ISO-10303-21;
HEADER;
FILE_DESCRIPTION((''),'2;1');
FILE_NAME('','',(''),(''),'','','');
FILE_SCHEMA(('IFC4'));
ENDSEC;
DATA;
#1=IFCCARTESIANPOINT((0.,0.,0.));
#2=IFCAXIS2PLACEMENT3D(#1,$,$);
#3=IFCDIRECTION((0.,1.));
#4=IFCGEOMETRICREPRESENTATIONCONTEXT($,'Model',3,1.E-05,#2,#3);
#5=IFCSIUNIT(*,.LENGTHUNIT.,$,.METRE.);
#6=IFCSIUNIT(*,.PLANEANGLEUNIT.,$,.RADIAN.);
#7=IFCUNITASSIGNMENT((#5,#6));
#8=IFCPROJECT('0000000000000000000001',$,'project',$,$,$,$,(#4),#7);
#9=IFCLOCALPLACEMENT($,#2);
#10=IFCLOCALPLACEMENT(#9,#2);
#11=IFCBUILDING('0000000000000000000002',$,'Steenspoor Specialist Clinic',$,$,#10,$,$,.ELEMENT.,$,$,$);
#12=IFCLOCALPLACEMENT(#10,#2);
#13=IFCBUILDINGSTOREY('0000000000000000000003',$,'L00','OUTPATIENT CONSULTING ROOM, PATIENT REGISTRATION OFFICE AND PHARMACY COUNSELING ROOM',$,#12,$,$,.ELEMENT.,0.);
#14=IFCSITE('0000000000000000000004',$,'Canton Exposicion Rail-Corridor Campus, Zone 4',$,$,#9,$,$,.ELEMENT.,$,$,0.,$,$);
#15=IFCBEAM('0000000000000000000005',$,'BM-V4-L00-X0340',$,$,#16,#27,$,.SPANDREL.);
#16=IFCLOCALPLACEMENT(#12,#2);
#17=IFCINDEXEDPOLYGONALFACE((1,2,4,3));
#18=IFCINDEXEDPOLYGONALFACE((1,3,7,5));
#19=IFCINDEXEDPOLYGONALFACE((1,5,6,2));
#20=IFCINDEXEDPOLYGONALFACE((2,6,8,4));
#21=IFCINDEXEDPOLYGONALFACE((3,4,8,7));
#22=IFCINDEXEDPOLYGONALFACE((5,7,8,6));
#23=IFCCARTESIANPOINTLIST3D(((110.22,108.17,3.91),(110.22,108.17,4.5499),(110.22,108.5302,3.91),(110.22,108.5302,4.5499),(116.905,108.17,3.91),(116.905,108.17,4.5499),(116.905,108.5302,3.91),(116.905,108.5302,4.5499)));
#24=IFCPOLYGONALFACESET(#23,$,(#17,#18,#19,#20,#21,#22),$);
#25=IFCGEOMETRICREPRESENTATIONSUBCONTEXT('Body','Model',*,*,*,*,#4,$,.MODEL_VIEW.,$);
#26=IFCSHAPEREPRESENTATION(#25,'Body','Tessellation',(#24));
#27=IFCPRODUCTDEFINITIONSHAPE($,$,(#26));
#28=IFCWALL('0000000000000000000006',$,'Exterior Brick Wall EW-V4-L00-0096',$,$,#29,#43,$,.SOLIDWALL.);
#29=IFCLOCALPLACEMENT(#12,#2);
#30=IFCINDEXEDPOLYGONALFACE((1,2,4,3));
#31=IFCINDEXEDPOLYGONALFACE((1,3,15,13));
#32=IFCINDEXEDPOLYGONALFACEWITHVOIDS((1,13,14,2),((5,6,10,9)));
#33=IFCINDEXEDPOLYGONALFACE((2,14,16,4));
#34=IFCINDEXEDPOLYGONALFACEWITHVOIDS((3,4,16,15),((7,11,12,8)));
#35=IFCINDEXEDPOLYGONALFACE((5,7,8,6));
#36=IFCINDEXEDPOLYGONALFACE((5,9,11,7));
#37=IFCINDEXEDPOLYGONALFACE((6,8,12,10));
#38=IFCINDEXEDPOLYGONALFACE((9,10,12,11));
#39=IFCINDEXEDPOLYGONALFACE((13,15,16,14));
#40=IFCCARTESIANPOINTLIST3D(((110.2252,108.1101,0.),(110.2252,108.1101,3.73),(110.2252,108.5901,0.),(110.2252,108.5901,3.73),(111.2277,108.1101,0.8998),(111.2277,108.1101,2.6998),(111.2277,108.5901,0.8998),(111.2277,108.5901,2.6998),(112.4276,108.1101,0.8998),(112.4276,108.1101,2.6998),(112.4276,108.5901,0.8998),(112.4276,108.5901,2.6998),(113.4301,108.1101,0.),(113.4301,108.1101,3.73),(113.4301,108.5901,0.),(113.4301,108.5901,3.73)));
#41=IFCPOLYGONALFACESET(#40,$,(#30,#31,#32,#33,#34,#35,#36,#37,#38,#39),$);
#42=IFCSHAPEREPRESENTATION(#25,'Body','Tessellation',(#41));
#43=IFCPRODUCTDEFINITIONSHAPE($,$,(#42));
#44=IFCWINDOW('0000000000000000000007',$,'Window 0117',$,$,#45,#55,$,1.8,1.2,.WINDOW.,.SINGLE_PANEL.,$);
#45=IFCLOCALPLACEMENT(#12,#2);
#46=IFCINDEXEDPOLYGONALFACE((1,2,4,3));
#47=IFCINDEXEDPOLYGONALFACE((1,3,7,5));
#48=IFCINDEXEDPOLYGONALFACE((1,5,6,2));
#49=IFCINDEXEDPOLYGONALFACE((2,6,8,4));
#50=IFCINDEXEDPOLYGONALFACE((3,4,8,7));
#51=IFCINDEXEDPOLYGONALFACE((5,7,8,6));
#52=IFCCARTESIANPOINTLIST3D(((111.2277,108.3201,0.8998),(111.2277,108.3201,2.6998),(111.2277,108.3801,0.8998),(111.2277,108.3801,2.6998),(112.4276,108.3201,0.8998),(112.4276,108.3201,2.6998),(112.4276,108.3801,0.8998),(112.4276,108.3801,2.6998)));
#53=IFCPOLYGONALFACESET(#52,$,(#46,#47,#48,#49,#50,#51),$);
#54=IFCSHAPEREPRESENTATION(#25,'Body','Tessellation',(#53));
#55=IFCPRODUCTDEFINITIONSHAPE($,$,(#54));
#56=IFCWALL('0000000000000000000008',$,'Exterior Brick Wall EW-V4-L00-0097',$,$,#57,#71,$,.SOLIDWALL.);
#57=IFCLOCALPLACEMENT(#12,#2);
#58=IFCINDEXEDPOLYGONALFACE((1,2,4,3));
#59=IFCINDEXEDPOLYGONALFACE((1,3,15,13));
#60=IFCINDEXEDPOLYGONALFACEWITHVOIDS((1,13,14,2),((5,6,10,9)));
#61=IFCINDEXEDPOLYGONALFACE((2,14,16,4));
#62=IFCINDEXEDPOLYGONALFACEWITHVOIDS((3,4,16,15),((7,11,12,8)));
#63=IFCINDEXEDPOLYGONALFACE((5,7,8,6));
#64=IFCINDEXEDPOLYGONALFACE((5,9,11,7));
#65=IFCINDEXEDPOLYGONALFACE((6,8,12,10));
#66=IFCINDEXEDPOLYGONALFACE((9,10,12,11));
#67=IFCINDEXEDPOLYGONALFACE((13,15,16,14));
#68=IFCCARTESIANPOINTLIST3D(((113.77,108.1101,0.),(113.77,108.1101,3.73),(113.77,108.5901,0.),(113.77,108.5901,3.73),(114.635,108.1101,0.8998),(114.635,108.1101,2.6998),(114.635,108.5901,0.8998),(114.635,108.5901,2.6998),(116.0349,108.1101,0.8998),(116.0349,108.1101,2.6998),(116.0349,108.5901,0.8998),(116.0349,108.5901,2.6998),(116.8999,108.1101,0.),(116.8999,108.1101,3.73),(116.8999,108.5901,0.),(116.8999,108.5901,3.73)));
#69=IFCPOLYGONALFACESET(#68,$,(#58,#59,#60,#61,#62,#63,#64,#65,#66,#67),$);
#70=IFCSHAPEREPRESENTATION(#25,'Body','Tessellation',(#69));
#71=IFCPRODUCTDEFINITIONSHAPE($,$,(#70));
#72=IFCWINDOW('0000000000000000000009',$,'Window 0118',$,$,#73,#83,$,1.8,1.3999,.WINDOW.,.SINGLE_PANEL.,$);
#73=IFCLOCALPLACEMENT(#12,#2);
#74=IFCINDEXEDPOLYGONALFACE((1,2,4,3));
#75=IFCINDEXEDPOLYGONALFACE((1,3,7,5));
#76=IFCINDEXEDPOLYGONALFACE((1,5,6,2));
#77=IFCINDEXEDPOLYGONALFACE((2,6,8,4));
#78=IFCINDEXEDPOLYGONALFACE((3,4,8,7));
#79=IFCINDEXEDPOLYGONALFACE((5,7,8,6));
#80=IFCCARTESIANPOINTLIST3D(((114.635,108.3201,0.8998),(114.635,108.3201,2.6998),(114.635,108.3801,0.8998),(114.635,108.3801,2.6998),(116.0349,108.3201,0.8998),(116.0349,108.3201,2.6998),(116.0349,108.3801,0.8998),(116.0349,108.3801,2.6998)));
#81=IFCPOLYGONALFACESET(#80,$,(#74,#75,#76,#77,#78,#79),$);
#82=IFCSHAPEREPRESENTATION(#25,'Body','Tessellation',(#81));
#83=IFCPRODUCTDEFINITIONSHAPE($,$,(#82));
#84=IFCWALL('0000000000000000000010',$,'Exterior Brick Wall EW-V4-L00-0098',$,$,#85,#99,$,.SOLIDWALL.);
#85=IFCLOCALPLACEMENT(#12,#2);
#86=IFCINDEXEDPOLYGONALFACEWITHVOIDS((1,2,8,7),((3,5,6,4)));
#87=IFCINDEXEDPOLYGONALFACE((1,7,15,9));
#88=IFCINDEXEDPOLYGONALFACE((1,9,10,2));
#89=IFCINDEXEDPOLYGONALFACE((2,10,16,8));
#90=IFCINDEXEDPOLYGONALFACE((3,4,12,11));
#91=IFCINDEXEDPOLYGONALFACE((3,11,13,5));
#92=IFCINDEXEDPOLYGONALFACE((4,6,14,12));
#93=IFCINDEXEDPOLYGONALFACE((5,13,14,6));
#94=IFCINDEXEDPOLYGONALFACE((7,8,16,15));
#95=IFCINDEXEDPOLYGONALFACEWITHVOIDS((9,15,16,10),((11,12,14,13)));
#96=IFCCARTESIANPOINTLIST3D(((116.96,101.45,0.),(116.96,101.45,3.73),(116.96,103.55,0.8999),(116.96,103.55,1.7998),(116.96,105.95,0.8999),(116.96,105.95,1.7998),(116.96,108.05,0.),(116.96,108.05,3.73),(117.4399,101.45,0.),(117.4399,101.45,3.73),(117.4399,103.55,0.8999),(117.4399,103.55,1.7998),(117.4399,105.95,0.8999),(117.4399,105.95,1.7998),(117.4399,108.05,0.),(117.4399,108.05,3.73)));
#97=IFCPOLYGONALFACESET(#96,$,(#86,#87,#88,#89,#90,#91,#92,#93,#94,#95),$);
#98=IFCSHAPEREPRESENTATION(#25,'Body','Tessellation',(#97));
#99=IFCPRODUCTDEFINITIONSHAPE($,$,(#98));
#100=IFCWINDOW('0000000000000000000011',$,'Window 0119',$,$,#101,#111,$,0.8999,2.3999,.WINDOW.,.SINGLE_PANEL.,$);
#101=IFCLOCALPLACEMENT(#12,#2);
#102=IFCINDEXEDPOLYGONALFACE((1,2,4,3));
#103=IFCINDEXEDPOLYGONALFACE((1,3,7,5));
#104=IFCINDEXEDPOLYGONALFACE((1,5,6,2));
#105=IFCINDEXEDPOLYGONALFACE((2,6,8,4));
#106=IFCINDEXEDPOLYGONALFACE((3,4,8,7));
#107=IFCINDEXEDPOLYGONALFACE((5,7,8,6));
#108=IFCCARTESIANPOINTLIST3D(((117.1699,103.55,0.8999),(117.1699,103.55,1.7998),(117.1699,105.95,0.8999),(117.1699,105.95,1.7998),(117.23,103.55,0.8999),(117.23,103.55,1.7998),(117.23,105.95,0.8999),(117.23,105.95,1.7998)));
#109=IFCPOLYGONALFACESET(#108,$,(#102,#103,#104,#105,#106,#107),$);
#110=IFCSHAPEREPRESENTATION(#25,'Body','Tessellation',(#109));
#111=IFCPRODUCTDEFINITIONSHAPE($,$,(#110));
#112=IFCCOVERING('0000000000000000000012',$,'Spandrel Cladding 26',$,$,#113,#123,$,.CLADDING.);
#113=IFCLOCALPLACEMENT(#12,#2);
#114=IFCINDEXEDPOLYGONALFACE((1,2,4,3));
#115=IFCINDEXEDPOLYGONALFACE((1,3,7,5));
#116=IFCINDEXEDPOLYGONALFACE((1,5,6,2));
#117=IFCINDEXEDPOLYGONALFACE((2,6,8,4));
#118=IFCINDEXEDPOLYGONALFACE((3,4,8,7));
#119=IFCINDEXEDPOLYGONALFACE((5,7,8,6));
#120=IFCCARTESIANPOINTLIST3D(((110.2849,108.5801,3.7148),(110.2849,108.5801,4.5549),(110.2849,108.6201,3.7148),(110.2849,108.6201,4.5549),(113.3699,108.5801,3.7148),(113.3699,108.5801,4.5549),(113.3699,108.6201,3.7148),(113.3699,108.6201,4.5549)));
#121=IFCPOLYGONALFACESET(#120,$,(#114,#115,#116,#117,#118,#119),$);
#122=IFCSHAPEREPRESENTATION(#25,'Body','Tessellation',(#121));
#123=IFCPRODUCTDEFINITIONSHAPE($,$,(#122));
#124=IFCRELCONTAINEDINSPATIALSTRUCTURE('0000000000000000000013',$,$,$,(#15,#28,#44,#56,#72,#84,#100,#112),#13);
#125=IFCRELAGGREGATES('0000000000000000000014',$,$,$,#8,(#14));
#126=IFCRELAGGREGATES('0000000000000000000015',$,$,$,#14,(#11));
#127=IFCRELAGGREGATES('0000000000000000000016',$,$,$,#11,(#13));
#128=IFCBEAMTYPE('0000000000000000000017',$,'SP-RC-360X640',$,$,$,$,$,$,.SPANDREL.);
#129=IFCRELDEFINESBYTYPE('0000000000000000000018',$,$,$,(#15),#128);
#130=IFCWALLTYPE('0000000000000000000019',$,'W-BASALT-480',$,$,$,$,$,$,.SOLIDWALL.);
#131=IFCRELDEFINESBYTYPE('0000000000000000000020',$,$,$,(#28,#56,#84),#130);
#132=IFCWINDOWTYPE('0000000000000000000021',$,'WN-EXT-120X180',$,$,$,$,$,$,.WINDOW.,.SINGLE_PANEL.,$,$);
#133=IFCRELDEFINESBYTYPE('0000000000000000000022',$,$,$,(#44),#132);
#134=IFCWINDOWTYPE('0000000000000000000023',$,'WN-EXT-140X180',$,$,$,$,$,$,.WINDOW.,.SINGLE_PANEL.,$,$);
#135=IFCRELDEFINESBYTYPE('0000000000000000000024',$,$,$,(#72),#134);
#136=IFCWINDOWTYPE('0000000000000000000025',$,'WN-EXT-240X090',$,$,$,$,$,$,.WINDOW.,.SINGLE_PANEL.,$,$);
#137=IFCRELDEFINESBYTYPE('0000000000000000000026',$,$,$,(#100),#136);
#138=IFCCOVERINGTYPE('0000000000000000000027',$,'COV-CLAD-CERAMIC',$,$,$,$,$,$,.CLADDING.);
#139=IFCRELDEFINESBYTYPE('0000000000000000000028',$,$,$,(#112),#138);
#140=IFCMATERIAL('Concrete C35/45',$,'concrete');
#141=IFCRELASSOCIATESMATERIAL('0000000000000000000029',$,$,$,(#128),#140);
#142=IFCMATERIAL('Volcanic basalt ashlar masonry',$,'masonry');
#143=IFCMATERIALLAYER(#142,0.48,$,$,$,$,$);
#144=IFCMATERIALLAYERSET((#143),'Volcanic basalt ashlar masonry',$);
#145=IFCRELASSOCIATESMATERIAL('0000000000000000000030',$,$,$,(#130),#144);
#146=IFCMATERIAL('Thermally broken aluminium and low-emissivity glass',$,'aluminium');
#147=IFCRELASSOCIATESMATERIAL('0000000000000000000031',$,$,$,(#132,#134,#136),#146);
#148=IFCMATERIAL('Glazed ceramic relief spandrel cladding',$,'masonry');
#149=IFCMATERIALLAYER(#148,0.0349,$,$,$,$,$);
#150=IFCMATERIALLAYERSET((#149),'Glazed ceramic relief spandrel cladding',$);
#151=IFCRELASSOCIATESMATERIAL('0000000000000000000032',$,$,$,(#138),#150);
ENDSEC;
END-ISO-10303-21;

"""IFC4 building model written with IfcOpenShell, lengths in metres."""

from ifc_helpers import new_model, si_unit, direction, frame, frame_2d, origin, origin_2d, place, context, subcontext, project, spatial, rectangle, extrude, material, layer, layer_set, material_profile, profile_set, type_object, element, fill, save


model = new_model("IFC4")

# Units and contexts
model_context = context("Model", 3, precision=1e-05, world=origin(), true_north=direction((0.0, 1.0)))
body_context = subcontext(model_context, "Body", "Model", "MODEL_VIEW")
ifc_project = project(units=[si_unit("LENGTHUNIT", "METRE"), si_unit("PLANEANGLEUNIT", "RADIAN")], contexts=[model_context])

# Site, building, storey
site_placement = place(None, origin())
site = spatial("IfcSite", under=ifc_project, at=site_placement, Name="Canton Exposicion Rail-Corridor Campus, Zone 4", CompositionType="ELEMENT", RefElevation=0.0)
building_placement = place(site_placement, origin())
building = spatial("IfcBuilding", under=site, at=building_placement, Name="Steenspoor Specialist Clinic", CompositionType="ELEMENT")
storey_placement = place(building_placement, origin())
storey = spatial("IfcBuildingStorey", under=building, at=storey_placement, Name="L00", Description="OUTPATIENT CONSULTING ROOM, PATIENT REGISTRATION OFFICE AND PHARMACY COUNSELING ROOM", CompositionType="ELEMENT", Elevation=0.0)

# Shared definitions
ifc_material_1 = material(Name="Concrete C35/45", Category="concrete")

# Beam
ifc_material_profile_1 = material_profile(ifc_material_1, rectangle(XDim=0.3601, YDim=0.6399, at=origin_2d()), Name="RC-SP-360X640")
ifc_profile_set_1 = profile_set([ifc_material_profile_1], Name="Concrete C35/45")
beam_type_1 = type_object("IfcBeamType", Name="SP-RC-360X640", PredefinedType="SPANDREL", material=ifc_profile_set_1)
beam_1_placement = place(storey_placement, frame((110.22, 108.3501, 4.23), z_axis=(1.0, 0.0, 0.0), x_axis=(0.0, 1.0, 0.0)))
element("IfcBeam", 1, at=beam_1_placement, inside=storey, type_object=beam_type_1, Name="BM-V4-L00-X0340", PredefinedType="SPANDREL", context=body_context, shape_type="SweptSolid", body=[
    extrude(rectangle(XDim=0.3601, YDim=0.6399, at=origin_2d()), origin(), (0.0, 0.0, 1.0), 6.6851),
])

# Walls, openings, windows
ifc_material_2 = material(Name="Volcanic basalt ashlar masonry", Category="masonry")
ifc_layer_1 = layer(ifc_material_2, 0.48)
ifc_layer_set_1 = layer_set([ifc_layer_1], Name="Volcanic basalt ashlar masonry")
wall_type = type_object("IfcWallType", Name="W-BASALT-480", PredefinedType="SOLIDWALL", material=ifc_layer_set_1)
wall_1_placement = place(storey_placement, frame((110.2251, 108.3501, 0.0), z_axis=(0.0, 0.0, 1.0), x_axis=(1.0, 0.0, 0.0)))
wall_1 = element("IfcWall", 2, at=wall_1_placement, inside=storey, type_object=wall_type, Name="Exterior Brick Wall EW-V4-L00-0096", PredefinedType="SOLIDWALL", context=body_context, shape_type="SweptSolid", body=[
    extrude(rectangle(XDim=3.2048, YDim=0.48, at=frame_2d((1.6025, 0.0))), origin(), (0.0, 0.0, 1.0), 3.73),
])
opening_1_placement = place(wall_1_placement, frame((1.0024, 0.0, 0.8999)))
opening_1 = element("IfcOpeningElement", 3, at=opening_1_placement, cuts=wall_1, PredefinedType="OPENING", context=body_context, shape_type="SweptSolid", body=[
    extrude(rectangle(XDim=1.2, YDim=1.8, at=frame_2d((0.6001, 0.8999))), frame((0.0, 0.25, 0.0), z_axis=(0.0, -1.0, 0.0), x_axis=(1.0, 0.0, 0.0)), (0.0, 0.0, 1.0), 0.5),
])
ifc_material_3 = material(Name="Thermally broken aluminium and low-emissivity glass", Category="aluminium")
window_type_1 = type_object("IfcWindowType", Name="WN-EXT-120X180", PartitioningType="SINGLE_PANEL", PredefinedType="WINDOW", material=ifc_material_3)
window_1_placement = place(opening_1_placement, origin())
window_1 = element("IfcWindow", 4, at=window_1_placement, inside=storey, type_object=window_type_1, Name="Window 0117", OverallHeight=1.8, OverallWidth=1.2, PartitioningType="SINGLE_PANEL", PredefinedType="WINDOW", context=body_context, shape_type="SweptSolid", body=[
    extrude(rectangle(XDim=1.2, YDim=1.8, at=frame_2d((0.6001, 0.8999))), frame((0.0, 0.03, 0.0), z_axis=(0.0, -1.0, 0.0), x_axis=(1.0, 0.0, 0.0)), (0.0, 0.0, 1.0), 0.0601),
])
fill(opening_1, window_1)
wall_2_placement = place(storey_placement, frame((113.77, 108.3501, 0.0), z_axis=(0.0, 0.0, 1.0), x_axis=(1.0, 0.0, 0.0)))
wall_2 = element("IfcWall", 5, at=wall_2_placement, inside=storey, type_object=wall_type, Name="Exterior Brick Wall EW-V4-L00-0097", PredefinedType="SOLIDWALL", context=body_context, shape_type="SweptSolid", body=[
    extrude(rectangle(XDim=3.1299, YDim=0.48, at=frame_2d((1.5649, 0.0))), origin(), (0.0, 0.0, 1.0), 3.73),
])
opening_2_placement = place(wall_2_placement, frame((0.865, 0.0, 0.8999)))
opening_2 = element("IfcOpeningElement", 6, at=opening_2_placement, cuts=wall_2, PredefinedType="OPENING", context=body_context, shape_type="SweptSolid", body=[
    extrude(rectangle(XDim=1.3999, YDim=1.8, at=frame_2d((0.7, 0.8999))), frame((0.0, 0.25, 0.0), z_axis=(0.0, -1.0, 0.0), x_axis=(1.0, 0.0, 0.0)), (0.0, 0.0, 1.0), 0.5),
])
window_type_2 = type_object("IfcWindowType", Name="WN-EXT-140X180", PartitioningType="SINGLE_PANEL", PredefinedType="WINDOW", material=ifc_material_3)
window_2_placement = place(opening_2_placement, origin())
window_2 = element("IfcWindow", 7, at=window_2_placement, inside=storey, type_object=window_type_2, Name="Window 0118", OverallHeight=1.8, OverallWidth=1.3999, PartitioningType="SINGLE_PANEL", PredefinedType="WINDOW", context=body_context, shape_type="SweptSolid", body=[
    extrude(rectangle(XDim=1.3999, YDim=1.8, at=frame_2d((0.7, 0.8999))), frame((0.0, 0.03, 0.0), z_axis=(0.0, -1.0, 0.0), x_axis=(1.0, 0.0, 0.0)), (0.0, 0.0, 1.0), 0.0601),
])
fill(opening_2, window_2)
wall_3_placement = place(storey_placement, frame((117.2, 108.05, 0.0), z_axis=(0.0, 0.0, 1.0), x_axis=(0.0, -1.0, 0.0)))
wall_3 = element("IfcWall", 8, at=wall_3_placement, inside=storey, type_object=wall_type, Name="Exterior Brick Wall EW-V4-L00-0098", PredefinedType="SOLIDWALL", context=body_context, shape_type="SweptSolid", body=[
    extrude(rectangle(XDim=6.6001, YDim=0.48, at=frame_2d((3.3, 0.0))), origin(), (0.0, 0.0, 1.0), 3.73),
])
opening_3_placement = place(wall_3_placement, frame((2.1001, 0.0, 0.8999)))
opening_3 = element("IfcOpeningElement", 9, at=opening_3_placement, cuts=wall_3, PredefinedType="OPENING", context=body_context, shape_type="SweptSolid", body=[
    extrude(rectangle(XDim=2.3999, YDim=0.8999, at=frame_2d((1.2, 0.45))), frame((0.0, 0.25, 0.0), z_axis=(0.0, -1.0, 0.0), x_axis=(1.0, 0.0, 0.0)), (0.0, 0.0, 1.0), 0.5),
])
window_type_3 = type_object("IfcWindowType", Name="WN-EXT-240X090", PartitioningType="SINGLE_PANEL", PredefinedType="WINDOW", material=ifc_material_3)
window_3_placement = place(opening_3_placement, origin())
window_3 = element("IfcWindow", 10, at=window_3_placement, inside=storey, type_object=window_type_3, Name="Window 0119", OverallHeight=0.8999, OverallWidth=2.3999, PartitioningType="SINGLE_PANEL", PredefinedType="WINDOW", context=body_context, shape_type="SweptSolid", body=[
    extrude(rectangle(XDim=2.3999, YDim=0.8999, at=frame_2d((1.2, 0.45))), frame((0.0, 0.03, 0.0), z_axis=(0.0, -1.0, 0.0), x_axis=(1.0, 0.0, 0.0)), (0.0, 0.0, 1.0), 0.0601),
])
fill(opening_3, window_3)

# Covering
ifc_material_4 = material(Name="Glazed ceramic relief spandrel cladding", Category="masonry")
ifc_layer_2 = layer(ifc_material_4, 0.0349)
ifc_layer_set_2 = layer_set([ifc_layer_2], Name="Glazed ceramic relief spandrel cladding")
covering_type = type_object("IfcCoveringType", Name="COV-CLAD-CERAMIC", PredefinedType="CLADDING", material=ifc_layer_set_2)
covering_placement = place(storey_placement, frame((111.8274, 108.6001, 3.7148), z_axis=(0.0, 0.0, 1.0), x_axis=(1.0, 0.0, 0.0)))
element("IfcCovering", 11, at=covering_placement, inside=storey, type_object=covering_type, Name="Spandrel Cladding 26", PredefinedType="CLADDING", context=body_context, shape_type="SweptSolid", body=[
    extrude(rectangle(XDim=3.085, YDim=0.04, at=origin_2d()), origin(), (0.0, 0.0, 1.0), 0.8401),
])

save(model, "model.ifc")
